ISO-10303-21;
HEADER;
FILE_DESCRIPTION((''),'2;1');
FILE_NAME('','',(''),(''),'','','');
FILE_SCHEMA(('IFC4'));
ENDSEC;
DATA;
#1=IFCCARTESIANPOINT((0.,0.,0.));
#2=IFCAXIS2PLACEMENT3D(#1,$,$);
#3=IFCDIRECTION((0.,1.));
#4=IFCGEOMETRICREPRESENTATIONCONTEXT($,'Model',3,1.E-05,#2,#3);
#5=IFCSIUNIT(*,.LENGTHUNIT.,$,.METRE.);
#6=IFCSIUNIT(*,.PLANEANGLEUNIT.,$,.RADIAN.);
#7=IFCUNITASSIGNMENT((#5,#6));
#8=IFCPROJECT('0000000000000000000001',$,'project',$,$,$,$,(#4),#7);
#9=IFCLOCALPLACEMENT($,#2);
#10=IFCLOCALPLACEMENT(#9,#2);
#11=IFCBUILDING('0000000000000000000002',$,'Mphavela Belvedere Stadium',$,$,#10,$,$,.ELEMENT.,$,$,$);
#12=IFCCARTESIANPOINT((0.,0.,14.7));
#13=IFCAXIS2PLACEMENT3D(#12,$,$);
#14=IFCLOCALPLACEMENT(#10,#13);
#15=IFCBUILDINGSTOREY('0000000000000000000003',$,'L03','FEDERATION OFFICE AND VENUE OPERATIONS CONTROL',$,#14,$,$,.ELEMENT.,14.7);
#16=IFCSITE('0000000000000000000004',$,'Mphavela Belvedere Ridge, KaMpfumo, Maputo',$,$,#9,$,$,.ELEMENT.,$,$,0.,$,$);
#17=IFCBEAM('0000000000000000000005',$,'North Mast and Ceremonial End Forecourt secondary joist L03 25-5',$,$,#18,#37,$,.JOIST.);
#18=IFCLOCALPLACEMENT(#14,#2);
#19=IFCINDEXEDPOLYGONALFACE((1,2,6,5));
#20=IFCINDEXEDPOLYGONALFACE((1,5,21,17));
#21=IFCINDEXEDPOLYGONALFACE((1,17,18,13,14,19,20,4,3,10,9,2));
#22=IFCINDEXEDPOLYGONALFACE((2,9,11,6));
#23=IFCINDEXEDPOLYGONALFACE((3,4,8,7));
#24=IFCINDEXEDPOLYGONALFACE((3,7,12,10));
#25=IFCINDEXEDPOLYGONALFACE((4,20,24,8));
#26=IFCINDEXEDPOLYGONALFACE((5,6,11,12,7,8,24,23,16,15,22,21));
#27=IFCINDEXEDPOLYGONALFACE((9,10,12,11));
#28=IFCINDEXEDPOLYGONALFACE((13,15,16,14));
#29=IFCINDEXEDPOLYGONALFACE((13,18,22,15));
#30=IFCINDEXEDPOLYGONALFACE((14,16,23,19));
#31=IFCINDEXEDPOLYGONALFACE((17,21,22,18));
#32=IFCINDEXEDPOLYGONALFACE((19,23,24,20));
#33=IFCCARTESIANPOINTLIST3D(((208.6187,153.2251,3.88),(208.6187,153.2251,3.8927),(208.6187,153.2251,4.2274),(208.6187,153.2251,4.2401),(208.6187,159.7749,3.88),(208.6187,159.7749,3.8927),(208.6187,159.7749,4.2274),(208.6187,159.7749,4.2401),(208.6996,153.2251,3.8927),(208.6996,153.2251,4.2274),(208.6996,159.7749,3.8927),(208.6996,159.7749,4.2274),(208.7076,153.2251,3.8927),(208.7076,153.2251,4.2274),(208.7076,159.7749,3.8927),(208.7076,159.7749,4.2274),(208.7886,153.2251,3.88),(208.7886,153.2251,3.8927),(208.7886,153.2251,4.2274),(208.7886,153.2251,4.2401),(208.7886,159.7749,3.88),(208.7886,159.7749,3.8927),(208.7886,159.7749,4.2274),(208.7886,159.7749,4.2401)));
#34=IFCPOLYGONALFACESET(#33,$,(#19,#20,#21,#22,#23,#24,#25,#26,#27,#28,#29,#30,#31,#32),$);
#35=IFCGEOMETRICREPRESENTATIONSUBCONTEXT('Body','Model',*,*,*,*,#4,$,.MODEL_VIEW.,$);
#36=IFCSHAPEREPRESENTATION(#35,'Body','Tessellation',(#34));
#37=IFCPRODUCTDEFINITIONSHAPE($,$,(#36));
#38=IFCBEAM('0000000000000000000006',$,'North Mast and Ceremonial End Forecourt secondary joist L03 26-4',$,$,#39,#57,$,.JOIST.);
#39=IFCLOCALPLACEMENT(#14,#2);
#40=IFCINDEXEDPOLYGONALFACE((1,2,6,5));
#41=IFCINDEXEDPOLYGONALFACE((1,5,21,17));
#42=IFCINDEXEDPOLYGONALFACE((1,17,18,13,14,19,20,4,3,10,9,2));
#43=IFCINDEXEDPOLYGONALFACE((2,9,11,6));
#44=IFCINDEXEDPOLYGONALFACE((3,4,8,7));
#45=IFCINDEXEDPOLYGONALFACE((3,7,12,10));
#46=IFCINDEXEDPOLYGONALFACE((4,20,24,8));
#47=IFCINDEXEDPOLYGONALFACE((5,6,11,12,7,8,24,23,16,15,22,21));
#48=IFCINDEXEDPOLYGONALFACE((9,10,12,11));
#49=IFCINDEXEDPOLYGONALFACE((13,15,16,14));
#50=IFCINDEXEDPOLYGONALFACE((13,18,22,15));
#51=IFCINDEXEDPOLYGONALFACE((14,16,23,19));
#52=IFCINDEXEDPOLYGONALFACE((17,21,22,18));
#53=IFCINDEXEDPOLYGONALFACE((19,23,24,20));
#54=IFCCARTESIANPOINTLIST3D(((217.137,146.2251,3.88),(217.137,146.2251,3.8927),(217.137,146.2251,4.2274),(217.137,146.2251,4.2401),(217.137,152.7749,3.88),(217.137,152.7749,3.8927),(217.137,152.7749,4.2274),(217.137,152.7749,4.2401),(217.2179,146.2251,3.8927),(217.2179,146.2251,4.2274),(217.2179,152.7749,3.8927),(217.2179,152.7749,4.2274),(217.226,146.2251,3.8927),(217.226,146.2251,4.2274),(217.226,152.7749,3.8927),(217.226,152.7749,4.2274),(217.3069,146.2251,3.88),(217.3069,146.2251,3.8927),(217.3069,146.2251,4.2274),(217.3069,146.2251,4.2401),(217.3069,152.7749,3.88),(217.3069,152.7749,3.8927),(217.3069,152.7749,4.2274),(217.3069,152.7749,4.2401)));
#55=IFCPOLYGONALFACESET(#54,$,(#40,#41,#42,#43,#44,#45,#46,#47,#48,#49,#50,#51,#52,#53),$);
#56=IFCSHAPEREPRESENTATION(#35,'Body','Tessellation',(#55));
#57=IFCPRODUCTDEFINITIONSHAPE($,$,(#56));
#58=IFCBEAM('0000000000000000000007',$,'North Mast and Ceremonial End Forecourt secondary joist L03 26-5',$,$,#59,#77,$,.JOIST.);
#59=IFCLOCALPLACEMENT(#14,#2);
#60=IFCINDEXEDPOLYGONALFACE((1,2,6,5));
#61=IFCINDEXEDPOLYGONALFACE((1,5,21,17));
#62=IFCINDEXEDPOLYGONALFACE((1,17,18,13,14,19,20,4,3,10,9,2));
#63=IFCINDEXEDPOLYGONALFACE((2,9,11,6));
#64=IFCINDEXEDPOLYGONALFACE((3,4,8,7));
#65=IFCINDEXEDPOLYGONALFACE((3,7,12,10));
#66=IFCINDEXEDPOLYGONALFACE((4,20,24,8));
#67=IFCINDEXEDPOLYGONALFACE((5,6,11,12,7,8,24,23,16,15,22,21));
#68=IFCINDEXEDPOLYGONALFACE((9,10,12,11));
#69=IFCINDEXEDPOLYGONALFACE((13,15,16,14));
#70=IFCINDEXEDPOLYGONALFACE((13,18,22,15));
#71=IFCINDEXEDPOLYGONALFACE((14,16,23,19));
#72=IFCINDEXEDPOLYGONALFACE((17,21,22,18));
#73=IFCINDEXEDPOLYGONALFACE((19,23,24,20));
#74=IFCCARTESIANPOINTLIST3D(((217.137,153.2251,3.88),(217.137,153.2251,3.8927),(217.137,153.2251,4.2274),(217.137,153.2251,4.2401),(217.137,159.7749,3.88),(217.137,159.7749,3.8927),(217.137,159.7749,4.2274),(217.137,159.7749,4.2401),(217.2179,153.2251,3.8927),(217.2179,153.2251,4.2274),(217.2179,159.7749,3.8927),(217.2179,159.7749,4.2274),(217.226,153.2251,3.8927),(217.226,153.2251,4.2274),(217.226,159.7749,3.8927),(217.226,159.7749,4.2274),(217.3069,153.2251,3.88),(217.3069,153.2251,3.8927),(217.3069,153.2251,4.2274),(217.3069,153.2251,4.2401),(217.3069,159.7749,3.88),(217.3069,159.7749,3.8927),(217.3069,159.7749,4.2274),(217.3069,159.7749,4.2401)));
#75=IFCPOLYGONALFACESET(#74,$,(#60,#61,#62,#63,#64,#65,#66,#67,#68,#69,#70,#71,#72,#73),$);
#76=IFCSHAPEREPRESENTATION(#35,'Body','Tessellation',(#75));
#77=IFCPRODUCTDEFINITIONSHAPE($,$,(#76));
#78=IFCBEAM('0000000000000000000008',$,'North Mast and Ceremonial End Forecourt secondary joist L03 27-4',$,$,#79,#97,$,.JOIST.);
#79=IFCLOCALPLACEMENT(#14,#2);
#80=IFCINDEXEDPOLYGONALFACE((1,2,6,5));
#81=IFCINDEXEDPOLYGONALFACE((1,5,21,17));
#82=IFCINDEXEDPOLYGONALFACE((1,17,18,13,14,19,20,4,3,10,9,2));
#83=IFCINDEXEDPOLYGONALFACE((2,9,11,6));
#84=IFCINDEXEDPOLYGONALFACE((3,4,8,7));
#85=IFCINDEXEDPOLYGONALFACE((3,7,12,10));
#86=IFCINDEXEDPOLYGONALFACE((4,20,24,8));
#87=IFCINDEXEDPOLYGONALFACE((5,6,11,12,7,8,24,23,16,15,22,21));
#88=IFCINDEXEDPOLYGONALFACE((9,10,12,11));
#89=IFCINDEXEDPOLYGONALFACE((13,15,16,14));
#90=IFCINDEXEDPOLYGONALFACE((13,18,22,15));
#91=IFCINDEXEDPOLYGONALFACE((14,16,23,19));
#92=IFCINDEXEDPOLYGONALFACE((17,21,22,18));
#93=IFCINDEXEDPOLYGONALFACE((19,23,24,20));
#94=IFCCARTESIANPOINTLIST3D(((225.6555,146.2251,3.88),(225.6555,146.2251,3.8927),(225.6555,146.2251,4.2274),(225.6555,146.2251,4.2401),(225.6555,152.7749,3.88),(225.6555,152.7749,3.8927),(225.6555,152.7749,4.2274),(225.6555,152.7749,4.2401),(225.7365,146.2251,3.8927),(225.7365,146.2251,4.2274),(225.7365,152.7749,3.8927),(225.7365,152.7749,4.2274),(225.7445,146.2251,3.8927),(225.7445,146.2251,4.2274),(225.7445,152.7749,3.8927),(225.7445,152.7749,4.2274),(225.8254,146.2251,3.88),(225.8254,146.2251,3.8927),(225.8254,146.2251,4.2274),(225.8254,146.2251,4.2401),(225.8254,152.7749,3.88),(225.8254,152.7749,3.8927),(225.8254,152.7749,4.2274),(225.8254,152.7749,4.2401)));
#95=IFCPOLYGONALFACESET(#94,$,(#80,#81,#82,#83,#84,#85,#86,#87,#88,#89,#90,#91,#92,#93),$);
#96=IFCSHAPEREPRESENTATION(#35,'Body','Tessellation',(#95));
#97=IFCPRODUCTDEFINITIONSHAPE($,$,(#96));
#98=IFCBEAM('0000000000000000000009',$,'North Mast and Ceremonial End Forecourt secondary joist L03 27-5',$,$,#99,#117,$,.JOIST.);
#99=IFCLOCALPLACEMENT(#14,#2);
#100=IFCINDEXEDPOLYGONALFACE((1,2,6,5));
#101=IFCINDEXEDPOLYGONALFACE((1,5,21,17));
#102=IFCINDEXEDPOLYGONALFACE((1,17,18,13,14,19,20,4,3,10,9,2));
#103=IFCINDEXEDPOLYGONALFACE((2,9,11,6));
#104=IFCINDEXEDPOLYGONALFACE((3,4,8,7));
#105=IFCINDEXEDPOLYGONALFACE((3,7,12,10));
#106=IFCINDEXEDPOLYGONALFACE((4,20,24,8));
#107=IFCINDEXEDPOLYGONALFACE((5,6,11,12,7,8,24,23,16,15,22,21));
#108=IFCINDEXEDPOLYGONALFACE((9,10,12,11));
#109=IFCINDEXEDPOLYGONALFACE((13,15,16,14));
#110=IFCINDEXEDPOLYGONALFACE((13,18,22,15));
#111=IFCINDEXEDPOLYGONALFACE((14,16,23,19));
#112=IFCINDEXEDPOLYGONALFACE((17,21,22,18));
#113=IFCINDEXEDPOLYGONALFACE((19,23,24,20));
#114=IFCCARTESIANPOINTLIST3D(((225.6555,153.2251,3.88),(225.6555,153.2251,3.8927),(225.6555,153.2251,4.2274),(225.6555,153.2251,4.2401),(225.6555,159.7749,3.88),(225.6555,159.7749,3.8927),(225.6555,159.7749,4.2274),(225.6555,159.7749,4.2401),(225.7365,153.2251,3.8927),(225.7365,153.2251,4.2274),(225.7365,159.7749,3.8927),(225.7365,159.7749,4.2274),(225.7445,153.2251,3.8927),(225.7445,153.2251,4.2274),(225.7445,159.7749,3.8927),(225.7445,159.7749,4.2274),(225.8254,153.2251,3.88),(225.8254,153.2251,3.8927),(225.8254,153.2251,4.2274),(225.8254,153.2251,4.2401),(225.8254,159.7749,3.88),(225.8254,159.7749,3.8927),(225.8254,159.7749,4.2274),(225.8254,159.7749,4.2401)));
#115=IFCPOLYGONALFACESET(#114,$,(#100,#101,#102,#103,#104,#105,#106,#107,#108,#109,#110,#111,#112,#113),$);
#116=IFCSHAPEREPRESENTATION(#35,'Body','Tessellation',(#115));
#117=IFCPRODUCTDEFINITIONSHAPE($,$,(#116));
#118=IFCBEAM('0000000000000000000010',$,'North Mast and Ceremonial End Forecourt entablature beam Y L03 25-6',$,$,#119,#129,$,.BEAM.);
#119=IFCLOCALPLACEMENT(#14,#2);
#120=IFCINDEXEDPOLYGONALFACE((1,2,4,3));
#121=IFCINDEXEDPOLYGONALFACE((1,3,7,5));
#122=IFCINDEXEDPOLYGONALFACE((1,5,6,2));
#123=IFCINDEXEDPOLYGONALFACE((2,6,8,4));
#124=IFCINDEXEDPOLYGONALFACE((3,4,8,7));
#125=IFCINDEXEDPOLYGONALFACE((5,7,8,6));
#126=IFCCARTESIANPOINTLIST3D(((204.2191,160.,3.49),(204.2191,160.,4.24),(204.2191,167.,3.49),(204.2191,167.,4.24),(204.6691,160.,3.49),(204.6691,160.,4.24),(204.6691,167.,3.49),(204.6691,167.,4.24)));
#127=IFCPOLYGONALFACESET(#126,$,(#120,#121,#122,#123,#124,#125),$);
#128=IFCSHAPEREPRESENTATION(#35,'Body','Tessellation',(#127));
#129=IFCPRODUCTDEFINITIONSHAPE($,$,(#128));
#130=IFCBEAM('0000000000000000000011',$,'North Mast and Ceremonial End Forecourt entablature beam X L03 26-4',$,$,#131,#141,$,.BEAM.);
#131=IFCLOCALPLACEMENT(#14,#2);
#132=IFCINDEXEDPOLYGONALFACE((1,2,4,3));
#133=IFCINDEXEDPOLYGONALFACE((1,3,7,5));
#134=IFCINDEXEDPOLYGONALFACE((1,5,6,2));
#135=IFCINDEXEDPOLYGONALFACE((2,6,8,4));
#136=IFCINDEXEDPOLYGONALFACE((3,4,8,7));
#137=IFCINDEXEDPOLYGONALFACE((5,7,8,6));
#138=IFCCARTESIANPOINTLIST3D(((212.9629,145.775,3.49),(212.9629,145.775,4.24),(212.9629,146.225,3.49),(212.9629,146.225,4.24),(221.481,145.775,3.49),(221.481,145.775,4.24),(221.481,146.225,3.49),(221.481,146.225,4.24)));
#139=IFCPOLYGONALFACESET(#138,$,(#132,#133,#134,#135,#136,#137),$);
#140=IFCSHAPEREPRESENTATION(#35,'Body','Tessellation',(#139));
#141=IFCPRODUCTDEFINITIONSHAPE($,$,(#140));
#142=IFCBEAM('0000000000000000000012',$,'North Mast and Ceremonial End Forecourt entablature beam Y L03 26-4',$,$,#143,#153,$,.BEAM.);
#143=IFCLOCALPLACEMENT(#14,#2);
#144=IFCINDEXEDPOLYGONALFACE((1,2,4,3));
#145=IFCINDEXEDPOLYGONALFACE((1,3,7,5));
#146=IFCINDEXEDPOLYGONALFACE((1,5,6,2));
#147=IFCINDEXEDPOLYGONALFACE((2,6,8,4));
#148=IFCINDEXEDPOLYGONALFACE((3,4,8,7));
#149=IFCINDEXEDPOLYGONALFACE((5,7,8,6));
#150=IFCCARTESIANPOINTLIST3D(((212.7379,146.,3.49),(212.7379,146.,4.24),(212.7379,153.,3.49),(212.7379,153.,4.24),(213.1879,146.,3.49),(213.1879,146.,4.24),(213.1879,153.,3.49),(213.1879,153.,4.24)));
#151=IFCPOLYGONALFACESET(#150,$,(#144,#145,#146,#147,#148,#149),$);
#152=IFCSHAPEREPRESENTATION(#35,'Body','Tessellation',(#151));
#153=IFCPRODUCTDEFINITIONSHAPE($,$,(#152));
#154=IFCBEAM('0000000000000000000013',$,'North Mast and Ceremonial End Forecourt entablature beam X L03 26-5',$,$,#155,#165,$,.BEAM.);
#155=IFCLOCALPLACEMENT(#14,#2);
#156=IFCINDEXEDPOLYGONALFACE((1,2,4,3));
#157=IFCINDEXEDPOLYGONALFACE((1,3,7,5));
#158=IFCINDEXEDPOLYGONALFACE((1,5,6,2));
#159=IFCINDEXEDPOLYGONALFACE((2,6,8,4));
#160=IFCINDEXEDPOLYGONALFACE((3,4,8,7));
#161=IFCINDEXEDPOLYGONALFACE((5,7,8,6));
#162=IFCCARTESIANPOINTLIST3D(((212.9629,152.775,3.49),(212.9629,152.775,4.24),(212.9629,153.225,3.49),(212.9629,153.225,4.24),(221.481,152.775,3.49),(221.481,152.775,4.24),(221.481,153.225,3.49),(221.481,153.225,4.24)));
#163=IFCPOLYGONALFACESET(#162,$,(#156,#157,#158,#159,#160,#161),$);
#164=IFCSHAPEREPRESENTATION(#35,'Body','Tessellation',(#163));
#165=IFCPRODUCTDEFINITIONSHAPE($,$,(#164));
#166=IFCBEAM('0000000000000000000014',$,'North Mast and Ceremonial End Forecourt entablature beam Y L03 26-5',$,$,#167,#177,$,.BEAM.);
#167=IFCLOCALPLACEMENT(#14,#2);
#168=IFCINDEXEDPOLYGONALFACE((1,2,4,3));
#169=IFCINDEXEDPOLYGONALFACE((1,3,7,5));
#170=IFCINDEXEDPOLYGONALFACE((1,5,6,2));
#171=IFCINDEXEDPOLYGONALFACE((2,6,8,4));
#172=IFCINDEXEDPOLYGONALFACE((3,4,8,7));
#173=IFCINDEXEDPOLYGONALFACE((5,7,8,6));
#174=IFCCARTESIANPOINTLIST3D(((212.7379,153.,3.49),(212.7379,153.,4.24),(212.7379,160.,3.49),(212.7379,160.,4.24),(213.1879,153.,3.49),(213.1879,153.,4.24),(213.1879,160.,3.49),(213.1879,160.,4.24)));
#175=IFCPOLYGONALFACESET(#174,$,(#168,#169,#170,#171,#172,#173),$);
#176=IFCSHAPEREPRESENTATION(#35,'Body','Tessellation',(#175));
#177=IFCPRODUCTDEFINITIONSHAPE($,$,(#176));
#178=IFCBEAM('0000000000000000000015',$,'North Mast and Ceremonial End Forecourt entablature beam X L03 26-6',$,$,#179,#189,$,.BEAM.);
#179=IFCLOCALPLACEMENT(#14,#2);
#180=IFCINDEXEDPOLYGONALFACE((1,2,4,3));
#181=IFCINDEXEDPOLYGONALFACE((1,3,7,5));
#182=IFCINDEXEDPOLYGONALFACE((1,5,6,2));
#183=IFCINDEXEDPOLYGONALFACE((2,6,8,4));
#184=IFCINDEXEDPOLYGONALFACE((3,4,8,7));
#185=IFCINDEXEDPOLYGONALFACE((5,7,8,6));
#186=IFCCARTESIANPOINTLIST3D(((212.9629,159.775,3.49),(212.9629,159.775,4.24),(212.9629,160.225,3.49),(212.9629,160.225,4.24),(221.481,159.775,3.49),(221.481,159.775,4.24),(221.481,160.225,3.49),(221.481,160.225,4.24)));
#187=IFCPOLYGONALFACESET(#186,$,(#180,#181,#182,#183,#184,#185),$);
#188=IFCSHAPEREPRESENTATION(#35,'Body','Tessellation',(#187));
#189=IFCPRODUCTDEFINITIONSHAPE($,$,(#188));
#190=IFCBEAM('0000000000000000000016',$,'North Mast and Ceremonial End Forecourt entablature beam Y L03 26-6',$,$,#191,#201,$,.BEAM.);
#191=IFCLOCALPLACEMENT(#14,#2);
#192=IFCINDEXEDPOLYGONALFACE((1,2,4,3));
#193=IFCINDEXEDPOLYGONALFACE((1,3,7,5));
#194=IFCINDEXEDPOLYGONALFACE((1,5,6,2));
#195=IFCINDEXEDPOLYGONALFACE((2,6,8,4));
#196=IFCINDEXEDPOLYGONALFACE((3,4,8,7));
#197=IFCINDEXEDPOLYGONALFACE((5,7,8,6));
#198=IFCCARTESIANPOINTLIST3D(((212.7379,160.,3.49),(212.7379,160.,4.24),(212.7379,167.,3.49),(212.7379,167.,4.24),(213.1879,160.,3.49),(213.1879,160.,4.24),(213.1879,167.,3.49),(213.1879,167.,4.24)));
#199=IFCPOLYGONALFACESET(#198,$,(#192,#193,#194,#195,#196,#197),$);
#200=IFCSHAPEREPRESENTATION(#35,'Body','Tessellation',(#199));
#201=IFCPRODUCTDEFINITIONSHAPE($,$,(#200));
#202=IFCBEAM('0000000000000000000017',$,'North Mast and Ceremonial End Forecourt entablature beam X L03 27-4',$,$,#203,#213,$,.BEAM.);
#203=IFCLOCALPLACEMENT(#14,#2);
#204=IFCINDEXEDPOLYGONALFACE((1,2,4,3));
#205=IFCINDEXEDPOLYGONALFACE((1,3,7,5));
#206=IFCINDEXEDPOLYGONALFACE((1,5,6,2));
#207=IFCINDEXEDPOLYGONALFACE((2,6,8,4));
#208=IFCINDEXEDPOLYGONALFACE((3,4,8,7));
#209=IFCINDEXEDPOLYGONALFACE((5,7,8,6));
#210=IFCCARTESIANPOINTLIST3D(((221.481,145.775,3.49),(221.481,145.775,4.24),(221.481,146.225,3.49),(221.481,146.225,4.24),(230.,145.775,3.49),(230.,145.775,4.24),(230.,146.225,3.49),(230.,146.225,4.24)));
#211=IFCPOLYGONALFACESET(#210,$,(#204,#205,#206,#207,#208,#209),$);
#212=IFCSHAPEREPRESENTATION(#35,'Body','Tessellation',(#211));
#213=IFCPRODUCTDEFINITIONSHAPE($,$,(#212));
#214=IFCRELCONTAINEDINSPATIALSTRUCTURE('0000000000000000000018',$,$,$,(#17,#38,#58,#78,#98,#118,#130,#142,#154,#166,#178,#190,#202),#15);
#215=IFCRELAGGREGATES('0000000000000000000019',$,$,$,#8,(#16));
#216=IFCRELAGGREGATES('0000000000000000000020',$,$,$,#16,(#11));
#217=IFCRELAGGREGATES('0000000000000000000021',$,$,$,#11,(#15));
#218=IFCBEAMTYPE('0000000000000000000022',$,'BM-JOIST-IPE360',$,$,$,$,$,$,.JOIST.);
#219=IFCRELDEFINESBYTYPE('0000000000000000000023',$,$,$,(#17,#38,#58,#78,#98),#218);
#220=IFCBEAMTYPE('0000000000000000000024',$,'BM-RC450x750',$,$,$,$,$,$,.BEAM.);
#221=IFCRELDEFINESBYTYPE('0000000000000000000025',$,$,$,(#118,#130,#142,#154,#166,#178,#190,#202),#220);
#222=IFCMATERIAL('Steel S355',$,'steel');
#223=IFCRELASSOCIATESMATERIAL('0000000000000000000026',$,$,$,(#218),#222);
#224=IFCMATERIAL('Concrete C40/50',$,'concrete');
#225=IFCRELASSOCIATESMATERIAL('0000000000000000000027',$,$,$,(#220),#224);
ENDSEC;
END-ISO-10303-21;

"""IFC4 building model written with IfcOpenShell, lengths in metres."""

from ifc_helpers import new_model, si_unit, direction, frame, origin, origin_2d, place, context, subcontext, project, spatial, rectangle, i_section, extrude, material, material_profile, profile_set, type_object, element, save


model = new_model("IFC4")

# Units and contexts
model_context = context("Model", 3, precision=1e-05, world=origin(), true_north=direction((0.0, 1.0)))
body_context = subcontext(model_context, "Body", "Model", "MODEL_VIEW")
ifc_project = project(units=[si_unit("LENGTHUNIT", "METRE"), si_unit("PLANEANGLEUNIT", "RADIAN")], contexts=[model_context])

# Site, building, storey
site_placement = place(None, origin())
site = spatial("IfcSite", under=ifc_project, at=site_placement, Name="Mphavela Belvedere Ridge, KaMpfumo, Maputo", CompositionType="ELEMENT", RefElevation=0.0)
building_placement = place(site_placement, origin())
building = spatial("IfcBuilding", under=site, at=building_placement, Name="Mphavela Belvedere Stadium", CompositionType="ELEMENT")
storey_placement = place(building_placement, frame((0.0, 0.0, 14.7)))
storey = spatial("IfcBuildingStorey", under=building, at=storey_placement, Name="L03", Description="FEDERATION OFFICE AND VENUE OPERATIONS CONTROL", CompositionType="ELEMENT", Elevation=14.7)

# Beams
ifc_material_1 = material(Name="Steel S355", Category="steel")
ifc_material_profile_1 = material_profile(ifc_material_1, i_section(OverallWidth=0.1699, OverallDepth=0.3601, WebThickness=0.0081, FlangeThickness=0.0127, at=origin_2d()), Name="IPE 360")
ifc_profile_set_1 = profile_set([ifc_material_profile_1], Name="Steel S355")
beam_type_1 = type_object("IfcBeamType", Name="BM-JOIST-IPE360", PredefinedType="JOIST", material=ifc_profile_set_1)
for number, where, z_axis, x_axis, name in (
    (1, (208.7036, 153.2251, 4.0601), (0.0, 1.0, 0.0), (-1.0, 0.0, 0.0), "North Mast and Ceremonial End Forecourt secondary joist L03 25-5"),
    (2, (217.2219, 146.2251, 4.0601), (0.0, 1.0, 0.0), (-1.0, 0.0, 0.0), "North Mast and Ceremonial End Forecourt secondary joist L03 26-4"),
    (3, (217.2219, 153.2251, 4.0601), (0.0, 1.0, 0.0), (-1.0, 0.0, 0.0), "North Mast and Ceremonial End Forecourt secondary joist L03 26-5"),
    (4, (225.7405, 146.2251, 4.0601), (0.0, 1.0, 0.0), (-1.0, 0.0, 0.0), "North Mast and Ceremonial End Forecourt secondary joist L03 27-4"),
    (5, (225.7405, 153.2251, 4.0601), (0.0, 1.0, 0.0), (-1.0, 0.0, 0.0), "North Mast and Ceremonial End Forecourt secondary joist L03 27-5"),
):
    element("IfcBeam", number, at=place(storey_placement, frame(where, z_axis=z_axis, x_axis=x_axis)), inside=storey, type_object=beam_type_1, Name=name, PredefinedType="JOIST", context=body_context, shape_type="SweptSolid", body=[
        extrude(i_section(OverallWidth=0.1699, OverallDepth=0.3601, WebThickness=0.0081, FlangeThickness=0.0127, at=origin_2d()), origin(), (0.0, 0.0, 1.0), 6.5498),
    ])
ifc_material_2 = material(Name="Concrete C40/50", Category="concrete")
ifc_material_profile_2 = material_profile(ifc_material_2, rectangle(XDim=0.45, YDim=0.75, at=origin_2d()), Name="RC 450x750")
ifc_profile_set_2 = profile_set([ifc_material_profile_2], Name="Concrete C40/50")
beam_type_2 = type_object("IfcBeamType", Name="BM-RC450x750", PredefinedType="BEAM", material=ifc_profile_set_2)
beam_1_placement = place(storey_placement, frame((204.4441, 160.0, 3.865), z_axis=(0.0, 1.0, 0.0), x_axis=(-1.0, 0.0, 0.0)))
element("IfcBeam", 6, at=beam_1_placement, inside=storey, type_object=beam_type_2, Name="North Mast and Ceremonial End Forecourt entablature beam Y L03 25-6", PredefinedType="BEAM", context=body_context, shape_type="SweptSolid", body=[
    extrude(rectangle(XDim=0.45, YDim=0.75, at=origin_2d()), origin(), (0.0, 0.0, 1.0), 7.0),
])
beam_2_placement = place(storey_placement, frame((212.9629, 146.0, 3.865), z_axis=(1.0, 0.0, 0.0), x_axis=(0.0, 1.0, 0.0)))
element("IfcBeam", 7, at=beam_2_placement, inside=storey, type_object=beam_type_2, Name="North Mast and Ceremonial End Forecourt entablature beam X L03 26-4", PredefinedType="BEAM", context=body_context, shape_type="SweptSolid", body=[
    extrude(rectangle(XDim=0.45, YDim=0.75, at=origin_2d()), origin(), (0.0, 0.0, 1.0), 8.5181),
])
beam_3_placement = place(storey_placement, frame((212.9629, 146.0, 3.865), z_axis=(0.0, 1.0, 0.0), x_axis=(-1.0, 0.0, 0.0)))
element("IfcBeam", 8, at=beam_3_placement, inside=storey, type_object=beam_type_2, Name="North Mast and Ceremonial End Forecourt entablature beam Y L03 26-4", PredefinedType="BEAM", context=body_context, shape_type="SweptSolid", body=[
    extrude(rectangle(XDim=0.45, YDim=0.75, at=origin_2d()), origin(), (0.0, 0.0, 1.0), 7.0),
])
beam_4_placement = place(storey_placement, frame((212.9629, 153.0, 3.865), z_axis=(1.0, 0.0, 0.0), x_axis=(0.0, 1.0, 0.0)))
element("IfcBeam", 9, at=beam_4_placement, inside=storey, type_object=beam_type_2, Name="North Mast and Ceremonial End Forecourt entablature beam X L03 26-5", PredefinedType="BEAM", context=body_context, shape_type="SweptSolid", body=[
    extrude(rectangle(XDim=0.45, YDim=0.75, at=origin_2d()), origin(), (0.0, 0.0, 1.0), 8.5181),
])
beam_5_placement = place(storey_placement, frame((212.9629, 153.0, 3.865), z_axis=(0.0, 1.0, 0.0), x_axis=(-1.0, 0.0, 0.0)))
element("IfcBeam", 10, at=beam_5_placement, inside=storey, type_object=beam_type_2, Name="North Mast and Ceremonial End Forecourt entablature beam Y L03 26-5", PredefinedType="BEAM", context=body_context, shape_type="SweptSolid", body=[
    extrude(rectangle(XDim=0.45, YDim=0.75, at=origin_2d()), origin(), (0.0, 0.0, 1.0), 7.0),
])
beam_6_placement = place(storey_placement, frame((212.9629, 160.0, 3.865), z_axis=(1.0, 0.0, 0.0), x_axis=(0.0, 1.0, 0.0)))
element("IfcBeam", 11, at=beam_6_placement, inside=storey, type_object=beam_type_2, Name="North Mast and Ceremonial End Forecourt entablature beam X L03 26-6", PredefinedType="BEAM", context=body_context, shape_type="SweptSolid", body=[
    extrude(rectangle(XDim=0.45, YDim=0.75, at=origin_2d()), origin(), (0.0, 0.0, 1.0), 8.5181),
])
beam_7_placement = place(storey_placement, frame((212.9629, 160.0, 3.865), z_axis=(0.0, 1.0, 0.0), x_axis=(-1.0, 0.0, 0.0)))
element("IfcBeam", 12, at=beam_7_placement, inside=storey, type_object=beam_type_2, Name="North Mast and Ceremonial End Forecourt entablature beam Y L03 26-6", PredefinedType="BEAM", context=body_context, shape_type="SweptSolid", body=[
    extrude(rectangle(XDim=0.45, YDim=0.75, at=origin_2d()), origin(), (0.0, 0.0, 1.0), 7.0),
])
beam_8_placement = place(storey_placement, frame((221.481, 146.0, 3.865), z_axis=(1.0, 0.0, 0.0), x_axis=(0.0, 1.0, 0.0)))
element("IfcBeam", 13, at=beam_8_placement, inside=storey, type_object=beam_type_2, Name="North Mast and Ceremonial End Forecourt entablature beam X L03 27-4", PredefinedType="BEAM", context=body_context, shape_type="SweptSolid", body=[
    extrude(rectangle(XDim=0.45, YDim=0.75, at=origin_2d()), origin(), (0.0, 0.0, 1.0), 8.519),
])

save(model, "model.ifc")
